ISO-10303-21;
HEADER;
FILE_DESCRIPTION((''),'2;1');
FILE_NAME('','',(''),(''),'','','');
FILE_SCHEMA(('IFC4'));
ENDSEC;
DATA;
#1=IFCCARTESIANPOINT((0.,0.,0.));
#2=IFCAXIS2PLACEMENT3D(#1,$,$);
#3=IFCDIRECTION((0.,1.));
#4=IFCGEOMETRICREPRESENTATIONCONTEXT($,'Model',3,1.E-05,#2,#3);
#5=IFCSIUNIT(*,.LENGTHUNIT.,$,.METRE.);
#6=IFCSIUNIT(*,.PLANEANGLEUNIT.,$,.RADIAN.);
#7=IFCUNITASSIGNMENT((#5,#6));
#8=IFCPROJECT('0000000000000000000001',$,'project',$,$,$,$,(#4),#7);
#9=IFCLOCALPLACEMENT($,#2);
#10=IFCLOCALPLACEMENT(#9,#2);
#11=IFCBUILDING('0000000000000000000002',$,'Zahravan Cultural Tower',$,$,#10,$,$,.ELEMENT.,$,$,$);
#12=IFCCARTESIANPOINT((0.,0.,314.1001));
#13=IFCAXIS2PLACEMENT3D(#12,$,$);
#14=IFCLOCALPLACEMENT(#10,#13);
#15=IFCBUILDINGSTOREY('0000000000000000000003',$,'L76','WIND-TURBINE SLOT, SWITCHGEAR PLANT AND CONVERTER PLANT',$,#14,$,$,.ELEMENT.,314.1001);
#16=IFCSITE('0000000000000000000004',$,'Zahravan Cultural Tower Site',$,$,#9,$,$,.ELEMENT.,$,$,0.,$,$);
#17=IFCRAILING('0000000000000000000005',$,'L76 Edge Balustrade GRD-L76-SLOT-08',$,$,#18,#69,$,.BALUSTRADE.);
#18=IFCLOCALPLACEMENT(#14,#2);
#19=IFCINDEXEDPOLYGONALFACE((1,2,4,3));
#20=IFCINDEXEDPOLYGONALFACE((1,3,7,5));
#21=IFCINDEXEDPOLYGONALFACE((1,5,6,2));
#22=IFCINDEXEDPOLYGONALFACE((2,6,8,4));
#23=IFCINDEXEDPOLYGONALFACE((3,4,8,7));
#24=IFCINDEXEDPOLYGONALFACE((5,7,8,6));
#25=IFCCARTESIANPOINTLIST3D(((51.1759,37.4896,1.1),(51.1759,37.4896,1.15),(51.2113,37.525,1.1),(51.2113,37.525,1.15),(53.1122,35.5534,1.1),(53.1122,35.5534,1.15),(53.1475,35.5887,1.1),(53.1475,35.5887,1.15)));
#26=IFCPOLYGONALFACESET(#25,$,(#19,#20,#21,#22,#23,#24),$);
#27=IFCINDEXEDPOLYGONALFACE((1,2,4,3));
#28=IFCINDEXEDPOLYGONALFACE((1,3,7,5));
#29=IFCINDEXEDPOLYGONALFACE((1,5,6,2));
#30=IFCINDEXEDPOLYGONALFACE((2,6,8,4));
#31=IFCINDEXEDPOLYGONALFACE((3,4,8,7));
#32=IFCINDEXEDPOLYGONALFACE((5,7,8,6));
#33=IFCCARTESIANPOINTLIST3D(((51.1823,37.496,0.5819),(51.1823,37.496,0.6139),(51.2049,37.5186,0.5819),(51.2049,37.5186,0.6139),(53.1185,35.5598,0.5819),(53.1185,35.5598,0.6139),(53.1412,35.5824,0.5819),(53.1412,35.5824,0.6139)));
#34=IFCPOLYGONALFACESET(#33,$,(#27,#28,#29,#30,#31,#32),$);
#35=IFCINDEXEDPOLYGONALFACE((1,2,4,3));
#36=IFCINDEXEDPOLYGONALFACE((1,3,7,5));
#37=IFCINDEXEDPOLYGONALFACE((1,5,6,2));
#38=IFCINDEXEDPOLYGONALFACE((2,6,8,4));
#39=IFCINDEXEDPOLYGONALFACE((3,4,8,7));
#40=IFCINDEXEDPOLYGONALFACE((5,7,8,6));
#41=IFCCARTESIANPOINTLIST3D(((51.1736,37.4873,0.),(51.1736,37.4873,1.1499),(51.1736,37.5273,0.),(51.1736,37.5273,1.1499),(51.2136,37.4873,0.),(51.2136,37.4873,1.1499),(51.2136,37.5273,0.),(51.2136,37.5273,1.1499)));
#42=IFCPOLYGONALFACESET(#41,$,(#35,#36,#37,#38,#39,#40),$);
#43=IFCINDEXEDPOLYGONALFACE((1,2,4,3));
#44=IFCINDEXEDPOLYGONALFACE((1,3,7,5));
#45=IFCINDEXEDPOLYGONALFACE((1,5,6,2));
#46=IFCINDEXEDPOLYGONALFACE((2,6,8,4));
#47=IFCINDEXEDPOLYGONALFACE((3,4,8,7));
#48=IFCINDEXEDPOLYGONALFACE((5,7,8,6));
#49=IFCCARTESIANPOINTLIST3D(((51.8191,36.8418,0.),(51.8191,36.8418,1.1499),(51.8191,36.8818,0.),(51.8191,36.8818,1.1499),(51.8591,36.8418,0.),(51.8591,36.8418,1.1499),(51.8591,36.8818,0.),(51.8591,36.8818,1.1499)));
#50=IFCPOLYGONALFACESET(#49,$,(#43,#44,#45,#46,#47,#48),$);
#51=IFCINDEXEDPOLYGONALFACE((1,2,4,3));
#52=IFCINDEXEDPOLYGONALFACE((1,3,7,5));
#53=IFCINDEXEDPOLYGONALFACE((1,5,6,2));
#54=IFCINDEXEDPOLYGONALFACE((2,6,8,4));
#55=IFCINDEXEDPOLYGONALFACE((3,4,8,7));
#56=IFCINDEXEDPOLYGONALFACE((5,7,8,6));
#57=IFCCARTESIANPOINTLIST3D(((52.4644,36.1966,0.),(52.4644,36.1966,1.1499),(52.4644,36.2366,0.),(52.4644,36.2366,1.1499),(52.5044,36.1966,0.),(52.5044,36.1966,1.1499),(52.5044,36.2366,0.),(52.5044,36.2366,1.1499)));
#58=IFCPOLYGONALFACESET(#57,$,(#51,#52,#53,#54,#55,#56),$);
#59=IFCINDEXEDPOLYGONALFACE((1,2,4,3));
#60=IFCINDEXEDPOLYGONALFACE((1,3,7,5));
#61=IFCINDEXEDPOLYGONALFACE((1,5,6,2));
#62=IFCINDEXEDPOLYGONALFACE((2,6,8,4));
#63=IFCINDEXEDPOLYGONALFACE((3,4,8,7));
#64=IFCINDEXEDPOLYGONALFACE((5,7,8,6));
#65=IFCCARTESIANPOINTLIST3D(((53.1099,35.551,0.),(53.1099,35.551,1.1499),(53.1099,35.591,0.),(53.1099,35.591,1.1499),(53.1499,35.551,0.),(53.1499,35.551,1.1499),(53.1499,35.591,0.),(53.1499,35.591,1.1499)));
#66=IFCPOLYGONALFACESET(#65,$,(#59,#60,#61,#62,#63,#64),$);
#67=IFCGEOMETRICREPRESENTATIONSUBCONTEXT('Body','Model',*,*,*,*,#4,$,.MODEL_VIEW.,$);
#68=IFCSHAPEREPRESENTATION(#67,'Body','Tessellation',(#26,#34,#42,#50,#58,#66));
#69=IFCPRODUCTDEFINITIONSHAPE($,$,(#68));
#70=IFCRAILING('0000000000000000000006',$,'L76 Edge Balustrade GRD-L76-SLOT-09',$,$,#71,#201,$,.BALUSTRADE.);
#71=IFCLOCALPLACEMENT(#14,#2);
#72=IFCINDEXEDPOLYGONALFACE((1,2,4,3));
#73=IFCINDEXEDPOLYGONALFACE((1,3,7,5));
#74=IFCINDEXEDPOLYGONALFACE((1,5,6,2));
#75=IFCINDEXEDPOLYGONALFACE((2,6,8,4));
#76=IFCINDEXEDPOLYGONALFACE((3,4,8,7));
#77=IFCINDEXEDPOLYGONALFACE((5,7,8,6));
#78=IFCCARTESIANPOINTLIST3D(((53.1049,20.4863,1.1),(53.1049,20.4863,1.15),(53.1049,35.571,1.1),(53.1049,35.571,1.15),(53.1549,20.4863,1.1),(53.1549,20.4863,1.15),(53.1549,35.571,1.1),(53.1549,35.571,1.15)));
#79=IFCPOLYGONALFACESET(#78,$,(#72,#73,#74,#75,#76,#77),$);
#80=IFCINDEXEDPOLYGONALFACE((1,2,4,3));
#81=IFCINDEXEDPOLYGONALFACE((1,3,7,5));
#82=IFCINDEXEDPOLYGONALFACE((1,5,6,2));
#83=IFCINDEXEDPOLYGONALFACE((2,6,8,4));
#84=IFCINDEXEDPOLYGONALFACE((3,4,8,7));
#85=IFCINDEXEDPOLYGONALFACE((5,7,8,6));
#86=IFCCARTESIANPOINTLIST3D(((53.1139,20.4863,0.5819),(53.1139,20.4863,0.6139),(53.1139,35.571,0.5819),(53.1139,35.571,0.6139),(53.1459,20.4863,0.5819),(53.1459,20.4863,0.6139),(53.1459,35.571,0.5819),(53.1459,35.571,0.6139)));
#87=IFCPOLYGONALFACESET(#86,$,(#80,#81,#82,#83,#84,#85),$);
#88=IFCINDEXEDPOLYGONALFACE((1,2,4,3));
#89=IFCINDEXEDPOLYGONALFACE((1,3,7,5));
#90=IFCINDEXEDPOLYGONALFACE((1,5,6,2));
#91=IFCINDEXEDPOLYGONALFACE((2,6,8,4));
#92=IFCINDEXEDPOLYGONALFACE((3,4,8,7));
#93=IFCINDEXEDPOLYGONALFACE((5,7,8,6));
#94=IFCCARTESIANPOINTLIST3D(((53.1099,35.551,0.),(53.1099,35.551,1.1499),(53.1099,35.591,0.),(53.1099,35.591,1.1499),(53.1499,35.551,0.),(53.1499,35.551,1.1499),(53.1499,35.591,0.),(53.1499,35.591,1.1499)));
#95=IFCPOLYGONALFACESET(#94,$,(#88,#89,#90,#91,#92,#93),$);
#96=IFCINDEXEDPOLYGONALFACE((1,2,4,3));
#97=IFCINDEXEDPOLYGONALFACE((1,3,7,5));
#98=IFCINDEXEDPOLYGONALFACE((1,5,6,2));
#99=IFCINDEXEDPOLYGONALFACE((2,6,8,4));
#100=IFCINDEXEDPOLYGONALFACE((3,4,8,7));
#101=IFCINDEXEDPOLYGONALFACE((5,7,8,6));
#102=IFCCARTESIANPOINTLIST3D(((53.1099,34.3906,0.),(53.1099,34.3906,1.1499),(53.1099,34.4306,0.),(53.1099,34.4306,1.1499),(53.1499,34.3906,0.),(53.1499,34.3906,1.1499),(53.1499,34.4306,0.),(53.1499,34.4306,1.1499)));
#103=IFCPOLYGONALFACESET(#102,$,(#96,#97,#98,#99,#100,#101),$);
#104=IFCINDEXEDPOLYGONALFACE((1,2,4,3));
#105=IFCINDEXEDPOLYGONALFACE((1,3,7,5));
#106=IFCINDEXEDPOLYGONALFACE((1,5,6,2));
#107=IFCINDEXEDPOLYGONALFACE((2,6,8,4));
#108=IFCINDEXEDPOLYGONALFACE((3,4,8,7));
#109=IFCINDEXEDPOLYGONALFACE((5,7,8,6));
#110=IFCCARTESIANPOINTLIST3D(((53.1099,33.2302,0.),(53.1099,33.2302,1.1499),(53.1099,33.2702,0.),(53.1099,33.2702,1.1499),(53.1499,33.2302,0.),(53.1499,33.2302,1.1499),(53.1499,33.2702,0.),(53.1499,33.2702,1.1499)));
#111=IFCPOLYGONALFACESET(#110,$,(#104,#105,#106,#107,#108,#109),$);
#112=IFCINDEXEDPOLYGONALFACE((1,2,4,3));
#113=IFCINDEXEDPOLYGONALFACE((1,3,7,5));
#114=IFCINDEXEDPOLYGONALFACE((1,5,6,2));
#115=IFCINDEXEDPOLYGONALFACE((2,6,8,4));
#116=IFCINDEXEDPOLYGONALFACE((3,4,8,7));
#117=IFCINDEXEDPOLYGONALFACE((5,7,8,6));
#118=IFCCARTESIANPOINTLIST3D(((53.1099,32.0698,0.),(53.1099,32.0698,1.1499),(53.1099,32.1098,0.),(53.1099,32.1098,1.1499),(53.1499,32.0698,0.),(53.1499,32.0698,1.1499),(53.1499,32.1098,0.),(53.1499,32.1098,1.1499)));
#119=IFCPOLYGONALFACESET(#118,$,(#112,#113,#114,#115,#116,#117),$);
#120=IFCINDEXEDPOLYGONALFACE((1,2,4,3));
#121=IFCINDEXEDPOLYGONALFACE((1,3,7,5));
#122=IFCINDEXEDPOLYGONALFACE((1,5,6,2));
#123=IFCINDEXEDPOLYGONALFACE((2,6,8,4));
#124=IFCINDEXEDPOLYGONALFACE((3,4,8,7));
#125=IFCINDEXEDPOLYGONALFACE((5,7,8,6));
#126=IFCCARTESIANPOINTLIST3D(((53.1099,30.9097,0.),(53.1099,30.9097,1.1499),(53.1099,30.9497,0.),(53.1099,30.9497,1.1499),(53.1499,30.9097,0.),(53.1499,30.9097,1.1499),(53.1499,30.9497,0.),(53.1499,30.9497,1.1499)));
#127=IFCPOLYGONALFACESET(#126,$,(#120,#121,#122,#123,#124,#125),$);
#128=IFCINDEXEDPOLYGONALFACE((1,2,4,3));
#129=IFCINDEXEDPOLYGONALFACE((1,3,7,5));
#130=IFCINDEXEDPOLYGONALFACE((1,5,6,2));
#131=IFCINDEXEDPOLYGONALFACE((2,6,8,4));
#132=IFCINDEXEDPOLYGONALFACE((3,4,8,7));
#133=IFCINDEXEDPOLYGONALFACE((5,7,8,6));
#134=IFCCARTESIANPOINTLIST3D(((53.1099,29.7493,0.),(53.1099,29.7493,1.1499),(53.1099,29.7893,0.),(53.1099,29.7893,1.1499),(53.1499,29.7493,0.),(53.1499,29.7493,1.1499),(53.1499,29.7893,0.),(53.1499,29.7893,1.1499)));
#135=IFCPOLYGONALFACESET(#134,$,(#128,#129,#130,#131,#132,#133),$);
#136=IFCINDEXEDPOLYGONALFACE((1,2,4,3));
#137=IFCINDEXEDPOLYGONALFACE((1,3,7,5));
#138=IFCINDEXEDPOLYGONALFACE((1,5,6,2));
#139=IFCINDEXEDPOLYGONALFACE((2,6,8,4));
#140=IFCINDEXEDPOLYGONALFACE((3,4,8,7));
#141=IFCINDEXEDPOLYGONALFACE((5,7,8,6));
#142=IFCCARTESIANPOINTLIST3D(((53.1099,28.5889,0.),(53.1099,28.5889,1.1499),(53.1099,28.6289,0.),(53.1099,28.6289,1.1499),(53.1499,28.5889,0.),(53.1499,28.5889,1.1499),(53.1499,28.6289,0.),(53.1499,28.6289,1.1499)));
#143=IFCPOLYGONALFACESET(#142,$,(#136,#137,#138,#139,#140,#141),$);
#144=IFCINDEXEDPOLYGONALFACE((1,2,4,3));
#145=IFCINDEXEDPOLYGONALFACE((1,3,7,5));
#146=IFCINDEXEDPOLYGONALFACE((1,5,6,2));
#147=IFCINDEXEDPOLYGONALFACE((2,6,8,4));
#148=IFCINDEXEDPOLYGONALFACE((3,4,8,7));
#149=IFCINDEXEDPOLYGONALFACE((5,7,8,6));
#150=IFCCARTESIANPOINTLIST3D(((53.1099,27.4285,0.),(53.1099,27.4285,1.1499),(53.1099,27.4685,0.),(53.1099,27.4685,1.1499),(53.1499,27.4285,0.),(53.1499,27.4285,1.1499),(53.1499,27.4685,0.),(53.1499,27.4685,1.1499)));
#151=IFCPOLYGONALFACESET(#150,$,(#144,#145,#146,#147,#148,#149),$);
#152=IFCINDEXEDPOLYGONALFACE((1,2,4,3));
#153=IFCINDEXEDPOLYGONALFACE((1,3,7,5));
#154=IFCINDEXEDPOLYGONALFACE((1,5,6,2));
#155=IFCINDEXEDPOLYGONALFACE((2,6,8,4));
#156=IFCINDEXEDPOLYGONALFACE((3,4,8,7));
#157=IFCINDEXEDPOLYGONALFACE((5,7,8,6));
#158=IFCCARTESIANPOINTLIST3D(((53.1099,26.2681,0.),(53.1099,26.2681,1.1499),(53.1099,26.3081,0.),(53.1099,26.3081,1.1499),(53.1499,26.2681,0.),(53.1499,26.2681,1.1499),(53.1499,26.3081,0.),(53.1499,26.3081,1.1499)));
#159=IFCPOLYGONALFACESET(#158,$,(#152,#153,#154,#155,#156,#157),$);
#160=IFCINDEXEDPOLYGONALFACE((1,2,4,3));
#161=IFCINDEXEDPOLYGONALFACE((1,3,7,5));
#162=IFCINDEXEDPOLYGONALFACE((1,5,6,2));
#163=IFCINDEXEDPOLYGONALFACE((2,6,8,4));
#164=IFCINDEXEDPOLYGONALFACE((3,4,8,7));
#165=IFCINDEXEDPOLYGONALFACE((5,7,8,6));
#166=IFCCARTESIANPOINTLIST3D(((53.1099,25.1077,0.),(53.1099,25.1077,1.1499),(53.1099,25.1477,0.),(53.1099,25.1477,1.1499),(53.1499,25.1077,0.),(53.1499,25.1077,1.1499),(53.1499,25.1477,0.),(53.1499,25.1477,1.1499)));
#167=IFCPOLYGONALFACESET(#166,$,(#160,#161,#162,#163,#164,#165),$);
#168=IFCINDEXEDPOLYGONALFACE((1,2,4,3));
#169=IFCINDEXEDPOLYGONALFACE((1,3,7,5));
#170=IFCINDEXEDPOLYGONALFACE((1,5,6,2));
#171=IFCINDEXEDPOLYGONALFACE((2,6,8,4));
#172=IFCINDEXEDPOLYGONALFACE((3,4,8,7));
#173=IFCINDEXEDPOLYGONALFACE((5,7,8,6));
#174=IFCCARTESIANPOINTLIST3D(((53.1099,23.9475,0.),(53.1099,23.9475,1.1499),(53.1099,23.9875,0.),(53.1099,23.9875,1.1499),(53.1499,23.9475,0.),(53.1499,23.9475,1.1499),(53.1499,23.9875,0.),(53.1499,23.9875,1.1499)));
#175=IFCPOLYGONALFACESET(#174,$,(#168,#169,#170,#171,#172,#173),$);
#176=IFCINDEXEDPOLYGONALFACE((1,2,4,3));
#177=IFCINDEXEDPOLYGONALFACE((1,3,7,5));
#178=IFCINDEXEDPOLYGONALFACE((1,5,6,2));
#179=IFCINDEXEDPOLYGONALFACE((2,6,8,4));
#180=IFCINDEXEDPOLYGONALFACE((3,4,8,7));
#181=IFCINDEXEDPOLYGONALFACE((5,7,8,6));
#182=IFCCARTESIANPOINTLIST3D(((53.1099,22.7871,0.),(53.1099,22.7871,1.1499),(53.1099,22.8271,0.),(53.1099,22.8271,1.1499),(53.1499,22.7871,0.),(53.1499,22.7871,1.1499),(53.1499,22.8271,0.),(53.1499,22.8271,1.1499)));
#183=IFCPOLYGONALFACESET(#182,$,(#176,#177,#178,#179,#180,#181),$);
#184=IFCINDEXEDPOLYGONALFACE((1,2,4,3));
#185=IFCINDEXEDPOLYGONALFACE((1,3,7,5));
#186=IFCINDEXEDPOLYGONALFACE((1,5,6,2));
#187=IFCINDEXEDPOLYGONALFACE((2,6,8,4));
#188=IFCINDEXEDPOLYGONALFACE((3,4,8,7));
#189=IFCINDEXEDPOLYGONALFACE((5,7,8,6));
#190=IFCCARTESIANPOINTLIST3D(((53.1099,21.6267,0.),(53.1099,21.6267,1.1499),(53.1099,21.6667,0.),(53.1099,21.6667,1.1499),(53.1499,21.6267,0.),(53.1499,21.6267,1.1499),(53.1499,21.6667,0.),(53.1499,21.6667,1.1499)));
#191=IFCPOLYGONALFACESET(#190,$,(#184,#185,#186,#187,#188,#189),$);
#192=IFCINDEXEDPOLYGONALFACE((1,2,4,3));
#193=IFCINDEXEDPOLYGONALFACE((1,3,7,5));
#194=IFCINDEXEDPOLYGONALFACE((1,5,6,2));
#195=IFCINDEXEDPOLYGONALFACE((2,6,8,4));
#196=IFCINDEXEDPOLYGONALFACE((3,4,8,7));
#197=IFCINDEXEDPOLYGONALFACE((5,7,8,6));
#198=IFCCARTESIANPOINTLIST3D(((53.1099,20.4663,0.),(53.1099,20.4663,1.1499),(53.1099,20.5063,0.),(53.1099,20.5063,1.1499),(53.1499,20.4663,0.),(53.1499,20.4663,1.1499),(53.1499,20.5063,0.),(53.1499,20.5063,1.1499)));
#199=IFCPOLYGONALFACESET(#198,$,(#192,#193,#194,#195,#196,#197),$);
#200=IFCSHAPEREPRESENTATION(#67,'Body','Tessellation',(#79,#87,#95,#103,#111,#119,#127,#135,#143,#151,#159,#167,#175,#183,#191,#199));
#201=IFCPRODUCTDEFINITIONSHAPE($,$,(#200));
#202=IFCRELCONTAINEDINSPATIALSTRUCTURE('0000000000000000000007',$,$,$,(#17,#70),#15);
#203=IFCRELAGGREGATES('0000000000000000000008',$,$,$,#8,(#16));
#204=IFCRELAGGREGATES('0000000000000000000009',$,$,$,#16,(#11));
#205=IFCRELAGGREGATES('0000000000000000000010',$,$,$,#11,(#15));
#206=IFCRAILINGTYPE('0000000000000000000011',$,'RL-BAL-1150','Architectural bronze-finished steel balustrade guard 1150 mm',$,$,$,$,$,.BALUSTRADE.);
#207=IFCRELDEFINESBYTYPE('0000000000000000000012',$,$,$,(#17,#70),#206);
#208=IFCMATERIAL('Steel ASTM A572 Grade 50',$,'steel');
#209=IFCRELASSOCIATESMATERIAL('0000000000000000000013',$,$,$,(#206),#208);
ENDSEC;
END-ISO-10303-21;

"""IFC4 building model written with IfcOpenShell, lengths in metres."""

from ifc_helpers import new_model, si_unit, direction, frame, origin, origin_2d, place, context, subcontext, project, spatial, rectangle, extrude, material, type_object, element, save


model = new_model("IFC4")

# Units and contexts
model_context = context("Model", 3, precision=1e-05, world=origin(), true_north=direction((0.0, 1.0)))
body_context = subcontext(model_context, "Body", "Model", "MODEL_VIEW")
ifc_project = project(units=[si_unit("LENGTHUNIT", "METRE"), si_unit("PLANEANGLEUNIT", "RADIAN")], contexts=[model_context])

# Site, building, storey
site_placement = place(None, origin())
site = spatial("IfcSite", under=ifc_project, at=site_placement, Name="Zahravan Cultural Tower Site", CompositionType="ELEMENT", RefElevation=0.0)
building_placement = place(site_placement, origin())
building = spatial("IfcBuilding", under=site, at=building_placement, Name="Zahravan Cultural Tower", CompositionType="ELEMENT")
storey_placement = place(building_placement, frame((0.0, 0.0, 314.1001)))
storey = spatial("IfcBuildingStorey", under=building, at=storey_placement, Name="L76", Description="WIND-TURBINE SLOT, SWITCHGEAR PLANT AND CONVERTER PLANT", CompositionType="ELEMENT", Elevation=314.1001)

# Shared definitions
ifc_material_1 = material(Name="Steel ASTM A572 Grade 50", Category="steel")

# Railings
railing_type_1 = type_object("IfcRailingType", Name="RL-BAL-1150", Description="Architectural bronze-finished steel balustrade guard 1150 mm", PredefinedType="BALUSTRADE", material=ifc_material_1)
railing_1_placement = place(storey_placement, frame((51.1936, 37.5073, 0.0)))
element("IfcRailing", 1, at=railing_1_placement, inside=storey, type_object=railing_type_1, Name="L76 Edge Balustrade GRD-L76-SLOT-08", PredefinedType="BALUSTRADE", context=body_context, shape_type="SweptSolid", body=[
    extrude(rectangle(XDim=0.05, YDim=0.05, at=origin_2d()), frame((0.0, 0.0, 1.125), z_axis=(0.707107, -0.707107, 0.0), x_axis=(0.707107, 0.707107, 0.0)), (0.0, 0.0, 1.0), 2.7383),
    extrude(rectangle(XDim=0.032, YDim=0.032, at=origin_2d()), frame((0.0, 0.0, 0.5979), z_axis=(0.707107, -0.707107, 0.0), x_axis=(0.707107, 0.707107, 0.0)), (0.0, 0.0, 1.0), 2.7383),
    extrude(rectangle(XDim=0.04, YDim=0.04, at=origin_2d()), origin(), (0.0, 0.0, 1.0), 1.1499),
    extrude(rectangle(XDim=0.04, YDim=0.04, at=origin_2d()), frame((0.6455, -0.6455, 0.0)), (0.0, 0.0, 1.0), 1.1499),
    extrude(rectangle(XDim=0.04, YDim=0.04, at=origin_2d()), frame((1.2908, -1.2908, 0.0)), (0.0, 0.0, 1.0), 1.1499),
    extrude(rectangle(XDim=0.04, YDim=0.04, at=origin_2d()), frame((1.9363, -1.9363, 0.0)), (0.0, 0.0, 1.0), 1.1499),
])
railing_2_placement = place(storey_placement, frame((53.1299, 35.571, 0.0)))
element("IfcRailing", 2, at=railing_2_placement, inside=storey, type_object=railing_type_1, Name="L76 Edge Balustrade GRD-L76-SLOT-09", PredefinedType="BALUSTRADE", context=body_context, shape_type="SweptSolid", body=[
    extrude(rectangle(XDim=0.05, YDim=0.05, at=origin_2d()), frame((0.0, 0.0, 1.125), z_axis=(0.0, -1.0, 0.0), x_axis=(1.0, 0.0, 0.0)), (0.0, 0.0, 1.0), 15.0847),
    extrude(rectangle(XDim=0.032, YDim=0.032, at=origin_2d()), frame((0.0, 0.0, 0.5979), z_axis=(0.0, -1.0, 0.0), x_axis=(1.0, 0.0, 0.0)), (0.0, 0.0, 1.0), 15.0847),
    extrude(rectangle(XDim=0.04, YDim=0.04, at=origin_2d()), origin(), (0.0, 0.0, 1.0), 1.1499),
    extrude(rectangle(XDim=0.04, YDim=0.04, at=origin_2d()), frame((0.0, -1.1604, 0.0)), (0.0, 0.0, 1.0), 1.1499),
    extrude(rectangle(XDim=0.04, YDim=0.04, at=origin_2d()), frame((0.0, -2.3208, 0.0)), (0.0, 0.0, 1.0), 1.1499),
    extrude(rectangle(XDim=0.04, YDim=0.04, at=origin_2d()), frame((0.0, -3.4812, 0.0)), (0.0, 0.0, 1.0), 1.1499),
    extrude(rectangle(XDim=0.04, YDim=0.04, at=origin_2d()), frame((0.0, -4.6414, 0.0)), (0.0, 0.0, 1.0), 1.1499),
    extrude(rectangle(XDim=0.04, YDim=0.04, at=origin_2d()), frame((0.0, -5.8018, 0.0)), (0.0, 0.0, 1.0), 1.1499),
    extrude(rectangle(XDim=0.04, YDim=0.04, at=origin_2d()), frame((0.0, -6.9622, 0.0)), (0.0, 0.0, 1.0), 1.1499),
    extrude(rectangle(XDim=0.04, YDim=0.04, at=origin_2d()), frame((0.0, -8.1226, 0.0)), (0.0, 0.0, 1.0), 1.1499),
    extrude(rectangle(XDim=0.04, YDim=0.04, at=origin_2d()), frame((0.0, -9.283, 0.0)), (0.0, 0.0, 1.0), 1.1499),
    extrude(rectangle(XDim=0.04, YDim=0.04, at=origin_2d()), frame((0.0, -10.4434, 0.0)), (0.0, 0.0, 1.0), 1.1499),
    extrude(rectangle(XDim=0.04, YDim=0.04, at=origin_2d()), frame((0.0, -11.6035, 0.0)), (0.0, 0.0, 1.0), 1.1499),
    extrude(rectangle(XDim=0.04, YDim=0.04, at=origin_2d()), frame((0.0, -12.7639, 0.0)), (0.0, 0.0, 1.0), 1.1499),
    extrude(rectangle(XDim=0.04, YDim=0.04, at=origin_2d()), frame((0.0, -13.9243, 0.0)), (0.0, 0.0, 1.0), 1.1499),
    extrude(rectangle(XDim=0.04, YDim=0.04, at=origin_2d()), frame((0.0, -15.0847, 0.0)), (0.0, 0.0, 1.0), 1.1499),
])

save(model, "model.ifc")
